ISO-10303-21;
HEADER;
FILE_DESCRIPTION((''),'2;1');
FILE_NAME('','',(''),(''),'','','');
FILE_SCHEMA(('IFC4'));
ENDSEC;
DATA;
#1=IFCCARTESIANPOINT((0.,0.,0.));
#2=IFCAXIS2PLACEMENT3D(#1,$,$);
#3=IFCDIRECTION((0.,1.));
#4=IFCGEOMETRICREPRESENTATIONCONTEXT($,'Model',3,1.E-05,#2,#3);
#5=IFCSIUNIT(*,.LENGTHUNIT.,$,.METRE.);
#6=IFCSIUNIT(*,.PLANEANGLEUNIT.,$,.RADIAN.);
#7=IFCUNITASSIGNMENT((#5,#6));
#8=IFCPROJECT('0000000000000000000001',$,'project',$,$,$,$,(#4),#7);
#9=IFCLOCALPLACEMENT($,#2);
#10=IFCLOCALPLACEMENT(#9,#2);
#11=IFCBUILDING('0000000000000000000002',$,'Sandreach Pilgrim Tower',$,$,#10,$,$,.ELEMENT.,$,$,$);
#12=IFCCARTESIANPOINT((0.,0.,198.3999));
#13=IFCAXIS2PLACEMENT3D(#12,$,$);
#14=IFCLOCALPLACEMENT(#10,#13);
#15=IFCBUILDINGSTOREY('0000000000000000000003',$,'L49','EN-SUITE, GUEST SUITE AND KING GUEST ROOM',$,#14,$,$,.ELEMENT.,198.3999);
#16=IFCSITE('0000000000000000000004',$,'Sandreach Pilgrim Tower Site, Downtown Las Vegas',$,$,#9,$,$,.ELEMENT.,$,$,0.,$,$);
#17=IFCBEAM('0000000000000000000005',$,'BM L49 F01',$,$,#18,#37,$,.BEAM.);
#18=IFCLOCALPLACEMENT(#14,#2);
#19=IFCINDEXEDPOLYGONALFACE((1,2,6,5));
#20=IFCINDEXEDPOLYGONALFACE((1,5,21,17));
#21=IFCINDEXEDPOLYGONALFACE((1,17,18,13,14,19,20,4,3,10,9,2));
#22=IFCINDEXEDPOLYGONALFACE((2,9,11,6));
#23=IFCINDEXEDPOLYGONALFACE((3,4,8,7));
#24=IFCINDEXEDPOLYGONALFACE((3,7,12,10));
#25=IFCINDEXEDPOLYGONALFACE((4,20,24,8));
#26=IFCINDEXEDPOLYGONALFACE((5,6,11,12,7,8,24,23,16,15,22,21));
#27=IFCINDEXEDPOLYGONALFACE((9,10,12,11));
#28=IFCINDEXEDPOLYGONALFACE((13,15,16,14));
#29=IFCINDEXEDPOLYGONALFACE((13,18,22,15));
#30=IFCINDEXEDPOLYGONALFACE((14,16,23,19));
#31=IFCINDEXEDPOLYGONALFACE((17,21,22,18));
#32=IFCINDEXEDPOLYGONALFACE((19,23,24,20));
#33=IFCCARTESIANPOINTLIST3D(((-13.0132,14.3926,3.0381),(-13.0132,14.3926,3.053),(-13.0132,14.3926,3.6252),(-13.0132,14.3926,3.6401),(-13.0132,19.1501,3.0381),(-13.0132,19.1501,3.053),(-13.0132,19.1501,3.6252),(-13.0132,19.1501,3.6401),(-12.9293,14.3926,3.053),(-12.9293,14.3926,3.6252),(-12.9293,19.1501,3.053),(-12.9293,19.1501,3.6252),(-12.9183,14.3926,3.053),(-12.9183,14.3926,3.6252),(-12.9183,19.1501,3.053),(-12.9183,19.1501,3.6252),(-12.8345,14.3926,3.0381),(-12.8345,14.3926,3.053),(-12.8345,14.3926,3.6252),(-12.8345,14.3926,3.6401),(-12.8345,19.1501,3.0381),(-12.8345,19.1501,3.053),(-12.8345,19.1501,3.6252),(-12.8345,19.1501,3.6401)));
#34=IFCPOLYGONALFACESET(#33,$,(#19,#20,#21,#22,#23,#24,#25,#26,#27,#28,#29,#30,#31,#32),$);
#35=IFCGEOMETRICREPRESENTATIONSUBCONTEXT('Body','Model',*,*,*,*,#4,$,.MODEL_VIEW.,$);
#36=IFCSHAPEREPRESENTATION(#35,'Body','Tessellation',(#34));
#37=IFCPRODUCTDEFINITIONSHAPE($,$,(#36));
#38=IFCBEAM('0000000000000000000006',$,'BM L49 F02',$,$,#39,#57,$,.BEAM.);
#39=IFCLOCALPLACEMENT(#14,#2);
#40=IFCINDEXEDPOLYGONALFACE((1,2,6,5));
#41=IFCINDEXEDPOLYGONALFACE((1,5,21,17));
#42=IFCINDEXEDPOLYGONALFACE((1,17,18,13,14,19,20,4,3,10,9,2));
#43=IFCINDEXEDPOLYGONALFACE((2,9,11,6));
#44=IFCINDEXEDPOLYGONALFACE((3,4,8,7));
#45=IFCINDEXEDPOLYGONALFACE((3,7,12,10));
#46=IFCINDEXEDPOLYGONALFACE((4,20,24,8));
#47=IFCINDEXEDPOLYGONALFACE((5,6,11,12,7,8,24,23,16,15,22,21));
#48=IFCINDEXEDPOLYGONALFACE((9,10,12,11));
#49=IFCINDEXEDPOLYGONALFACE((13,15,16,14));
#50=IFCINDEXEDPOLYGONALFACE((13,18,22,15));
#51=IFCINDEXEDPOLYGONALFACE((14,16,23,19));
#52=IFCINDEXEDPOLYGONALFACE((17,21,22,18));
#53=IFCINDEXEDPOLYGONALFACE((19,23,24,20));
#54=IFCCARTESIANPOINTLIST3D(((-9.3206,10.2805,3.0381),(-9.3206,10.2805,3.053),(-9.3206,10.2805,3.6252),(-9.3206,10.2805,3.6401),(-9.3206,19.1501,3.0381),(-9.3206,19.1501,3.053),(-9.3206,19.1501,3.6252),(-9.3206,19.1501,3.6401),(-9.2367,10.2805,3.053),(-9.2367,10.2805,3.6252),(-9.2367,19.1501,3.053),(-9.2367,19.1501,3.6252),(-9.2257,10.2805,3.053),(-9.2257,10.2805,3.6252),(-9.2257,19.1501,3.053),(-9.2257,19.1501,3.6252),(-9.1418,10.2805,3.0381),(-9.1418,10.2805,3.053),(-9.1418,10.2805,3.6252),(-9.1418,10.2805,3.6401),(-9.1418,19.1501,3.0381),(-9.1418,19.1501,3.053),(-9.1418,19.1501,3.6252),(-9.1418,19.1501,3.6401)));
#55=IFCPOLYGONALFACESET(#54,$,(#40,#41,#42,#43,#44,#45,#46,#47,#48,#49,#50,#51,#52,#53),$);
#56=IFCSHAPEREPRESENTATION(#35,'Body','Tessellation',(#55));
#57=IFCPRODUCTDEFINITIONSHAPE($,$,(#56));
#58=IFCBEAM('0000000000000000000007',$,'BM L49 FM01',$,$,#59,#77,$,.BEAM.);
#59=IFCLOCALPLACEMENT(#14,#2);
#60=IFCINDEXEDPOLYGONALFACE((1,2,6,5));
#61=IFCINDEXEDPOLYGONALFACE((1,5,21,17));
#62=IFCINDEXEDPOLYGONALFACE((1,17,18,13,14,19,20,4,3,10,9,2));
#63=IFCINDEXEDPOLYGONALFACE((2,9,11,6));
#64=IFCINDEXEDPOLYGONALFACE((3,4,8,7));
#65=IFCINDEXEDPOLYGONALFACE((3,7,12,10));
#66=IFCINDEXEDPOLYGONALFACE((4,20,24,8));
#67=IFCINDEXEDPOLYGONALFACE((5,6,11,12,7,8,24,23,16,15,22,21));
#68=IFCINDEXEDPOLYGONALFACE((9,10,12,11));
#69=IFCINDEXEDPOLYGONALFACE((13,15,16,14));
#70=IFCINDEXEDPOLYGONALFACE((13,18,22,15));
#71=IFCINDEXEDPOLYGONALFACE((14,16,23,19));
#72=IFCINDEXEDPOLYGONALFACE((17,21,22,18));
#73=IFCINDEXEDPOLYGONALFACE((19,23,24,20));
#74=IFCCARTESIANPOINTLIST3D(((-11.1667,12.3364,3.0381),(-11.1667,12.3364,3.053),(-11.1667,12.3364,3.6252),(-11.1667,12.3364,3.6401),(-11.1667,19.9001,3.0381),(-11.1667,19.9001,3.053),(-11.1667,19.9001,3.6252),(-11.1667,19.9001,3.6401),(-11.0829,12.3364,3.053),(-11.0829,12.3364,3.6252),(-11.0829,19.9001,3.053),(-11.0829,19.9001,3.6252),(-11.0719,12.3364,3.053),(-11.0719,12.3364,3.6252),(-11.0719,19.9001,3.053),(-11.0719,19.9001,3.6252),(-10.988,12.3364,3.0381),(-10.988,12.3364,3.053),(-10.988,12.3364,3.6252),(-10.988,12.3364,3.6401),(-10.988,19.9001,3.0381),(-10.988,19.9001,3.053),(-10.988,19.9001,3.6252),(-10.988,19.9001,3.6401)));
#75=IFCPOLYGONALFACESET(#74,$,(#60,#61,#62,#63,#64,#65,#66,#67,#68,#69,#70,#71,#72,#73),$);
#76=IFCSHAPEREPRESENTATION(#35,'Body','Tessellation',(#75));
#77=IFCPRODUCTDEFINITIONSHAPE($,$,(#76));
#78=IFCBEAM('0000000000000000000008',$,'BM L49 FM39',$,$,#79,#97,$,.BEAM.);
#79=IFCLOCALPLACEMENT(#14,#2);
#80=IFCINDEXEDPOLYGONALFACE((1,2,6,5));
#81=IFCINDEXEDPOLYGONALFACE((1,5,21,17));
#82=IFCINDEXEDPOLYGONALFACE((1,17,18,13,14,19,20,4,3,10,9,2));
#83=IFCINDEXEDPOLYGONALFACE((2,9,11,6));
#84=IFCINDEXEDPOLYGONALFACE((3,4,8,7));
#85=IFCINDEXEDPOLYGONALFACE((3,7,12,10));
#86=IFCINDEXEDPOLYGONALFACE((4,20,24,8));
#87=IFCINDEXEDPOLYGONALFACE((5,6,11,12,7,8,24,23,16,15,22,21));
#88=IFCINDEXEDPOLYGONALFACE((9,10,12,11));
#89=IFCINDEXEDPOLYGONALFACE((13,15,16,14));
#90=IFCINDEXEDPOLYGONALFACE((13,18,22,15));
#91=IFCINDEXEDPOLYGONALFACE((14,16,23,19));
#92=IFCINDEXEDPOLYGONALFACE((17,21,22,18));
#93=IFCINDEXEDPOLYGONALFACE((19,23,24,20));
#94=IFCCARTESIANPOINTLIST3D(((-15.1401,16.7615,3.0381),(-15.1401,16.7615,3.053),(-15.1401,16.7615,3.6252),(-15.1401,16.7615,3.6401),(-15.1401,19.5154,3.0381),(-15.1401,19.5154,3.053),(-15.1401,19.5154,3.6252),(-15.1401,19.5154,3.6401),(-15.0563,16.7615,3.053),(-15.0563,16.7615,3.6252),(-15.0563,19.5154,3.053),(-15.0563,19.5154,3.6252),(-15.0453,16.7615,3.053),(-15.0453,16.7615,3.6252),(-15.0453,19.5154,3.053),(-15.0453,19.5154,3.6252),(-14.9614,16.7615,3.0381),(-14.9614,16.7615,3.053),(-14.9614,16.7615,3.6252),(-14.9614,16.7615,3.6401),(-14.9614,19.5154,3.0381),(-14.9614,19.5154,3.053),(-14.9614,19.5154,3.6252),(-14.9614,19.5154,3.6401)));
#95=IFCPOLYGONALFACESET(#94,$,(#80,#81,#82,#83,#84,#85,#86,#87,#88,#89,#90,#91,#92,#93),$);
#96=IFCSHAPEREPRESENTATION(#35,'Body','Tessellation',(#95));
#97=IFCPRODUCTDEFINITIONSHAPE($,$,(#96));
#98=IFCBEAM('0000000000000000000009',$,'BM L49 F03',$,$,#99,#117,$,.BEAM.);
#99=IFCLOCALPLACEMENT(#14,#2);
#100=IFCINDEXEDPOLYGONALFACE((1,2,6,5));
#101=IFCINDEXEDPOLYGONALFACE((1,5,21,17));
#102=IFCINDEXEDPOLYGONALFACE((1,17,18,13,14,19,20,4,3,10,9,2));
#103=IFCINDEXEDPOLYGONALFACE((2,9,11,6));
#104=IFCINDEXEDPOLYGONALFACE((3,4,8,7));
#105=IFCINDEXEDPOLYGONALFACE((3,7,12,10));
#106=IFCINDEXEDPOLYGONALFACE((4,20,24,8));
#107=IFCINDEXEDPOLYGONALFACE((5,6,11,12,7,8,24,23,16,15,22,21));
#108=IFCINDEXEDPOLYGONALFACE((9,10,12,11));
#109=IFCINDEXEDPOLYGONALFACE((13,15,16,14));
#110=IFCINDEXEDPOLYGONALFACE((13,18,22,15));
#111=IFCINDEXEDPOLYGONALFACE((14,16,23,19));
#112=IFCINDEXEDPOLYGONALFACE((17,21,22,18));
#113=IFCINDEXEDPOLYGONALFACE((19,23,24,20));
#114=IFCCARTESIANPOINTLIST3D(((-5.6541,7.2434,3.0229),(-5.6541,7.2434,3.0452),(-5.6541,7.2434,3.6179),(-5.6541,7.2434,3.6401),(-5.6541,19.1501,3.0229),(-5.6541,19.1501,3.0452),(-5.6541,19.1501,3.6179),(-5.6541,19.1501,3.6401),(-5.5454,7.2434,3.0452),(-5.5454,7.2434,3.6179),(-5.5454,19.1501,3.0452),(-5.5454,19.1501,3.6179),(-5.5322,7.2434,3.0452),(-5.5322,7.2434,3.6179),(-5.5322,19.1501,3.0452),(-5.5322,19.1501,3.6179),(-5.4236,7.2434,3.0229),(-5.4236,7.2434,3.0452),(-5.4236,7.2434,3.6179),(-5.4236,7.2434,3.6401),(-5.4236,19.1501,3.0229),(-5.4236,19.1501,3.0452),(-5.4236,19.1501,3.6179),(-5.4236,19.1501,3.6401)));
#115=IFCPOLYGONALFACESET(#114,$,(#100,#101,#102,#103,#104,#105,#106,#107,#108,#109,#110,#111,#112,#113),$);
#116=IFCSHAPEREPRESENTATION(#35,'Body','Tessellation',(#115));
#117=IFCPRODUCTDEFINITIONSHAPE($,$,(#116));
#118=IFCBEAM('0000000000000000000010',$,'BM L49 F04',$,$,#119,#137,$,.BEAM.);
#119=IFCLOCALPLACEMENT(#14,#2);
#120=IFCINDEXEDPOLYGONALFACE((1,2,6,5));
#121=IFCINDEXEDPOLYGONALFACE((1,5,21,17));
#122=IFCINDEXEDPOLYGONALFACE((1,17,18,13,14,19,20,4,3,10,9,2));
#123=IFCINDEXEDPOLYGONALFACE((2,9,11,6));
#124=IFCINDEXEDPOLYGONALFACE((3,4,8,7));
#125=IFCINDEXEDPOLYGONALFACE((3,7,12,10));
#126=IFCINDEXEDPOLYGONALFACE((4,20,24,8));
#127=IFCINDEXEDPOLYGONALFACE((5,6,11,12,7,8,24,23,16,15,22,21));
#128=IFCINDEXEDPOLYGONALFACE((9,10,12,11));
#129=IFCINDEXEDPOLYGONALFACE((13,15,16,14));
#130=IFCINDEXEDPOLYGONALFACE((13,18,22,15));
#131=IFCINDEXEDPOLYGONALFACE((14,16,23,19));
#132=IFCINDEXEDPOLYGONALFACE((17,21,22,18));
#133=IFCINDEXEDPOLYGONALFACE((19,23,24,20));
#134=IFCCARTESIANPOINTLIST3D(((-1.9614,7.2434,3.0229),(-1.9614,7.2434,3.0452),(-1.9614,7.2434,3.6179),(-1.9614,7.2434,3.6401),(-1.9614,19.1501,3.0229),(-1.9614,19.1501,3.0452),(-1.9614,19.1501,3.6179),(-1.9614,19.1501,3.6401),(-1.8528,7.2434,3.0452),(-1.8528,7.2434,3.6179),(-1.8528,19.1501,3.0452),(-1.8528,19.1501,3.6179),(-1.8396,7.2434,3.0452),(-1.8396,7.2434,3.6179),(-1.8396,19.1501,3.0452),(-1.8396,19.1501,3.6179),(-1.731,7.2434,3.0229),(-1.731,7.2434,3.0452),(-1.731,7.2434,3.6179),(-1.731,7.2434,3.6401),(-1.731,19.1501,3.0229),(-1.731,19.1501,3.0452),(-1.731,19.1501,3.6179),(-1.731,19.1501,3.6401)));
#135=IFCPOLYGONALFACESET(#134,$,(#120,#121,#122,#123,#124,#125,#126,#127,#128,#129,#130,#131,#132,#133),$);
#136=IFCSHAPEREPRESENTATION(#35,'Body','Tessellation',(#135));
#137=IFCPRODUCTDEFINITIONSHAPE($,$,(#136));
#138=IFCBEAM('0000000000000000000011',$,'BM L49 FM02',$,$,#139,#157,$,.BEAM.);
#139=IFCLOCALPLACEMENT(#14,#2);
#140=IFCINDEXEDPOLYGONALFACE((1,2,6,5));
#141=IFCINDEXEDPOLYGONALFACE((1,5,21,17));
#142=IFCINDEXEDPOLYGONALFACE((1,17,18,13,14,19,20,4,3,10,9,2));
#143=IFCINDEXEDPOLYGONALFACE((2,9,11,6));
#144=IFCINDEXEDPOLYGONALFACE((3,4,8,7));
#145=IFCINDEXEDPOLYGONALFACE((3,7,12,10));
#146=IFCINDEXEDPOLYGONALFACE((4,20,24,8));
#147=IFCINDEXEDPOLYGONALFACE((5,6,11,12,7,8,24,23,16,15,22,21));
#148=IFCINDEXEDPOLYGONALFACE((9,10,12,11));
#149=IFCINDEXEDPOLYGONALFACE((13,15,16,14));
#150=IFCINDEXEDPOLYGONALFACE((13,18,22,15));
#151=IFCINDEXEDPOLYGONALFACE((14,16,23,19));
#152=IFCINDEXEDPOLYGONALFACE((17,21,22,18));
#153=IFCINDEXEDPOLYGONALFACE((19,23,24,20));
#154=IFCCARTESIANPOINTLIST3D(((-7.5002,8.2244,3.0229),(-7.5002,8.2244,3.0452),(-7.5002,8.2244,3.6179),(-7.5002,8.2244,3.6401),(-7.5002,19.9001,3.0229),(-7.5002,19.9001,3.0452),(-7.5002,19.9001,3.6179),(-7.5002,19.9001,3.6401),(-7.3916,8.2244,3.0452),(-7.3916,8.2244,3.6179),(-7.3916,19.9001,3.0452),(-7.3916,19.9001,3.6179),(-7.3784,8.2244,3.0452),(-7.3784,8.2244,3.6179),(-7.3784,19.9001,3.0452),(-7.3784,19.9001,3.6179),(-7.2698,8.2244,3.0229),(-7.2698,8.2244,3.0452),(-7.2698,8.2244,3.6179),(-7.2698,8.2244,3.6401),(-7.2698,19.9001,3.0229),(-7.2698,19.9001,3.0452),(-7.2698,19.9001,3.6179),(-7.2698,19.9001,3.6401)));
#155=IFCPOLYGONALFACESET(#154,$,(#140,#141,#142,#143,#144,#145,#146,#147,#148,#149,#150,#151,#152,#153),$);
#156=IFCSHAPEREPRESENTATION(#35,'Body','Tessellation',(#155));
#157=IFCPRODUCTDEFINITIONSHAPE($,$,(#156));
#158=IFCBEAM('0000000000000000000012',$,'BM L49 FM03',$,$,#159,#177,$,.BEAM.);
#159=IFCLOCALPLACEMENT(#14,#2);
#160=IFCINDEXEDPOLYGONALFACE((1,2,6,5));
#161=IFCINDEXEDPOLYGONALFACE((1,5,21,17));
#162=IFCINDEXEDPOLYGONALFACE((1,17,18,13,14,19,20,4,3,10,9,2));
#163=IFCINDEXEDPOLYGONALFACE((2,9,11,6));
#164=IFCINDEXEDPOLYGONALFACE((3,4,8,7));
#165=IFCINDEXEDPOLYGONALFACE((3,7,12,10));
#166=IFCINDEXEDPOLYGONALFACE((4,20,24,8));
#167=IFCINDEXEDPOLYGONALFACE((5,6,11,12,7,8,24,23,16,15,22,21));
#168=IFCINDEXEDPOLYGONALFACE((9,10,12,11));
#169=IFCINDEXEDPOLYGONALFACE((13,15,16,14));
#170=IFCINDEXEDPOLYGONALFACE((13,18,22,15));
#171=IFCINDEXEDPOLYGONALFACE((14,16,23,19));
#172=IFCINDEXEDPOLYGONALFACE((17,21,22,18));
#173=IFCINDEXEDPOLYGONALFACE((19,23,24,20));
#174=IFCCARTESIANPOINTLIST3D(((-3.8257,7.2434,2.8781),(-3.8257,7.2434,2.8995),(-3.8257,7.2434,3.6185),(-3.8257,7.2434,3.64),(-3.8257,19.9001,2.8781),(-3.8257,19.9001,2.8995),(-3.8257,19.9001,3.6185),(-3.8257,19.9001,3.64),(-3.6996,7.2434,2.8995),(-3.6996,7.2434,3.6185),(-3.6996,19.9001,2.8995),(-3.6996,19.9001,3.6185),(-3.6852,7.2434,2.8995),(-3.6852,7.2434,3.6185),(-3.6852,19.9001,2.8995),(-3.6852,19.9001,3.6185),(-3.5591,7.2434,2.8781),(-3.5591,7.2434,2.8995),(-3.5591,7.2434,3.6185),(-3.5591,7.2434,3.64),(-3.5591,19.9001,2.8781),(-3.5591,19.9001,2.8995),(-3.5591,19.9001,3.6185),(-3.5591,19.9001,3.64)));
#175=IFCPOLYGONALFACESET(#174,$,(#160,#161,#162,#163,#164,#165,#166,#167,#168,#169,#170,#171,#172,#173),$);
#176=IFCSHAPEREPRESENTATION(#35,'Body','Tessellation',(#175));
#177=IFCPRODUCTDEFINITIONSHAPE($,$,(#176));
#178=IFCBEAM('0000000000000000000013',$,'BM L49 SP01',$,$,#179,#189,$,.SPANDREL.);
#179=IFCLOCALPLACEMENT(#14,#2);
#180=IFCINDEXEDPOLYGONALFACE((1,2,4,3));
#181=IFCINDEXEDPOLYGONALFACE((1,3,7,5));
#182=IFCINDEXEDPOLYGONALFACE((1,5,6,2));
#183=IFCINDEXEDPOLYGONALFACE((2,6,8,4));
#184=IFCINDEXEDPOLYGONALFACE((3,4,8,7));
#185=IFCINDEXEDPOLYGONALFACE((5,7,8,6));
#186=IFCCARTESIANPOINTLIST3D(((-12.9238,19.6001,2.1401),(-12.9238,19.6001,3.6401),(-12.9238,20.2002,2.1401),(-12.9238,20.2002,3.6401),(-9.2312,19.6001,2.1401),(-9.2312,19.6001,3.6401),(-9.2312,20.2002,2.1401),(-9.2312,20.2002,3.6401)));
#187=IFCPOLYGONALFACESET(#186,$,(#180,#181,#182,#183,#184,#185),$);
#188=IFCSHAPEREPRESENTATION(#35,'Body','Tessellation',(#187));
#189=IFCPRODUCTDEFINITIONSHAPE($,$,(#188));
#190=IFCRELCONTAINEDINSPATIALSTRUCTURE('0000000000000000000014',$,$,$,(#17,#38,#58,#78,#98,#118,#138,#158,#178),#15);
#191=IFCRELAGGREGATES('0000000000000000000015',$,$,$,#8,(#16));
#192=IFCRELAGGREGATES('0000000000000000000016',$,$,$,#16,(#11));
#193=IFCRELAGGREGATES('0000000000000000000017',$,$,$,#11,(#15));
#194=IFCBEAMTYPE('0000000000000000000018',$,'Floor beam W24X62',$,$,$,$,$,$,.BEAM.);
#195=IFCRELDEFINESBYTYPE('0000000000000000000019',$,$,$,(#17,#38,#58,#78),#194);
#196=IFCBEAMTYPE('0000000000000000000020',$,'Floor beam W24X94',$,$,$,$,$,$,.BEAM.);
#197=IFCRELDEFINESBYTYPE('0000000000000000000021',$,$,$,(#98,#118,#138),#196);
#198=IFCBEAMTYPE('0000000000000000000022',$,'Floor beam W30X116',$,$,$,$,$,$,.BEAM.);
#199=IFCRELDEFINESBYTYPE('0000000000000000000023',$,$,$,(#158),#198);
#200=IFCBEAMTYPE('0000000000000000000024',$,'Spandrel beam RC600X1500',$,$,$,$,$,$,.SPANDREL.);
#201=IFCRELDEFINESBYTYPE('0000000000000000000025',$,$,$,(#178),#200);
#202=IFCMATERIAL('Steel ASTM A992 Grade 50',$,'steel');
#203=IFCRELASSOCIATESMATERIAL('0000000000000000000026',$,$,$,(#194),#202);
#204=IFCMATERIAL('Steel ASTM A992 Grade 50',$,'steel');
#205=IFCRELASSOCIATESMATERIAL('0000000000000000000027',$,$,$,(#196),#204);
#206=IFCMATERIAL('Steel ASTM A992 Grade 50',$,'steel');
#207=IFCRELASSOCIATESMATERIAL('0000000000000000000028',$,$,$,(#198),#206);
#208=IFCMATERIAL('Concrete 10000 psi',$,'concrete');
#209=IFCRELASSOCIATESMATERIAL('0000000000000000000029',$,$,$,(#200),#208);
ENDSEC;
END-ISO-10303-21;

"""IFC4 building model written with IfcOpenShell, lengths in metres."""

from ifc_helpers import new_model, si_unit, direction, frame, origin, origin_2d, place, context, subcontext, project, spatial, rectangle, i_section, extrude, material, material_profile, profile_set, type_object, element, save


model = new_model("IFC4")

# Units and contexts
model_context = context("Model", 3, precision=1e-05, world=origin(), true_north=direction((0.0, 1.0)))
body_context = subcontext(model_context, "Body", "Model", "MODEL_VIEW")
ifc_project = project(units=[si_unit("LENGTHUNIT", "METRE"), si_unit("PLANEANGLEUNIT", "RADIAN")], contexts=[model_context])

# Site, building, storey
site_placement = place(None, origin())
site = spatial("IfcSite", under=ifc_project, at=site_placement, Name="Sandreach Pilgrim Tower Site, Downtown Las Vegas", CompositionType="ELEMENT", RefElevation=0.0)
building_placement = place(site_placement, origin())
building = spatial("IfcBuilding", under=site, at=building_placement, Name="Sandreach Pilgrim Tower", CompositionType="ELEMENT")
storey_placement = place(building_placement, frame((0.0, 0.0, 198.3999)))
storey = spatial("IfcBuildingStorey", under=building, at=storey_placement, Name="L49", Description="EN-SUITE, GUEST SUITE AND KING GUEST ROOM", CompositionType="ELEMENT", Elevation=198.3999)

# Beams
ifc_material_1 = material(Name="Steel ASTM A992 Grade 50", Category="steel")
ifc_material_profile_1 = material_profile(ifc_material_1, i_section(OverallWidth=0.1787, OverallDepth=0.6021, WebThickness=0.011, FlangeThickness=0.0149, at=origin_2d()), Name="W24X62")
ifc_profile_set_1 = profile_set([ifc_material_profile_1], Name="Steel ASTM A992 Grade 50")
beam_type_1 = type_object("IfcBeamType", Name="Floor beam W24X62", PredefinedType="BEAM", material=ifc_profile_set_1)
beam_1_placement = place(storey_placement, frame((-12.9238, 19.1501, 3.3391), z_axis=(0.0, -1.0, 0.0), x_axis=(1.0, 0.0, 0.0)))
element("IfcBeam", 1, at=beam_1_placement, inside=storey, type_object=beam_type_1, Name="BM L49 F01", PredefinedType="BEAM", context=body_context, shape_type="SweptSolid", body=[
    extrude(i_section(OverallWidth=0.1787, OverallDepth=0.6021, WebThickness=0.011, FlangeThickness=0.0149, at=origin_2d()), origin(), (0.0, 0.0, 1.0), 4.7576),
])
beam_2_placement = place(storey_placement, frame((-9.2312, 19.1501, 3.3391), z_axis=(0.0, -1.0, 0.0), x_axis=(1.0, 0.0, 0.0)))
element("IfcBeam", 2, at=beam_2_placement, inside=storey, type_object=beam_type_1, Name="BM L49 F02", PredefinedType="BEAM", context=body_context, shape_type="SweptSolid", body=[
    extrude(i_section(OverallWidth=0.1787, OverallDepth=0.6021, WebThickness=0.011, FlangeThickness=0.0149, at=origin_2d()), origin(), (0.0, 0.0, 1.0), 8.8696),
])
beam_3_placement = place(storey_placement, frame((-11.0774, 19.9001, 3.3391), z_axis=(0.0, -1.0, 0.0), x_axis=(1.0, 0.0, 0.0)))
element("IfcBeam", 3, at=beam_3_placement, inside=storey, type_object=beam_type_1, Name="BM L49 FM01", PredefinedType="BEAM", context=body_context, shape_type="SweptSolid", body=[
    extrude(i_section(OverallWidth=0.1787, OverallDepth=0.6021, WebThickness=0.011, FlangeThickness=0.0149, at=origin_2d()), origin(), (0.0, 0.0, 1.0), 7.5637),
])
beam_4_placement = place(storey_placement, frame((-15.0508, 19.5154, 3.3391), z_axis=(0.0, -1.0, 0.0), x_axis=(1.0, 0.0, 0.0)))
element("IfcBeam", 4, at=beam_4_placement, inside=storey, type_object=beam_type_1, Name="BM L49 FM39", PredefinedType="BEAM", context=body_context, shape_type="SweptSolid", body=[
    extrude(i_section(OverallWidth=0.1787, OverallDepth=0.6021, WebThickness=0.011, FlangeThickness=0.0149, at=origin_2d()), origin(), (0.0, 0.0, 1.0), 2.7539),
])
ifc_material_2 = material(Name="Steel ASTM A992 Grade 50", Category="steel")
ifc_material_profile_2 = material_profile(ifc_material_2, i_section(OverallWidth=0.2305, OverallDepth=0.6172, WebThickness=0.0132, FlangeThickness=0.0222, at=origin_2d()), Name="W24X94")
ifc_profile_set_2 = profile_set([ifc_material_profile_2], Name="Steel ASTM A992 Grade 50")
beam_type_2 = type_object("IfcBeamType", Name="Floor beam W24X94", PredefinedType="BEAM", material=ifc_profile_set_2)
for number, where, z_axis, x_axis, name in (
    (5, (-5.5388, 19.1501, 3.3315), (0.0, -1.0, 0.0), (1.0, 0.0, 0.0), "BM L49 F03"),
    (6, (-1.8462, 19.1501, 3.3315), (0.0, -1.0, 0.0), (1.0, 0.0, 0.0), "BM L49 F04"),
):
    element("IfcBeam", number, at=place(storey_placement, frame(where, z_axis=z_axis, x_axis=x_axis)), inside=storey, type_object=beam_type_2, Name=name, PredefinedType="BEAM", context=body_context, shape_type="SweptSolid", body=[
        extrude(i_section(OverallWidth=0.2305, OverallDepth=0.6172, WebThickness=0.0132, FlangeThickness=0.0222, at=origin_2d()), origin(), (0.0, 0.0, 1.0), 11.9067),
    ])
beam_5_placement = place(storey_placement, frame((-7.385, 19.9001, 3.3315), z_axis=(0.0, -1.0, 0.0), x_axis=(1.0, 0.0, 0.0)))
element("IfcBeam", 7, at=beam_5_placement, inside=storey, type_object=beam_type_2, Name="BM L49 FM02", PredefinedType="BEAM", context=body_context, shape_type="SweptSolid", body=[
    extrude(i_section(OverallWidth=0.2305, OverallDepth=0.6172, WebThickness=0.0132, FlangeThickness=0.0222, at=origin_2d()), origin(), (0.0, 0.0, 1.0), 11.6758),
])
ifc_material_3 = material(Name="Steel ASTM A992 Grade 50", Category="steel")
ifc_material_profile_3 = material_profile(ifc_material_3, i_section(OverallWidth=0.2666, OverallDepth=0.762, WebThickness=0.0144, FlangeThickness=0.0215, at=origin_2d()), Name="W30X116")
ifc_profile_set_3 = profile_set([ifc_material_profile_3], Name="Steel ASTM A992 Grade 50")
beam_type_3 = type_object("IfcBeamType", Name="Floor beam W30X116", PredefinedType="BEAM", material=ifc_profile_set_3)
beam_6_placement = place(storey_placement, frame((-3.6924, 19.9001, 3.259), z_axis=(0.0, -1.0, 0.0), x_axis=(1.0, 0.0, 0.0)))
element("IfcBeam", 8, at=beam_6_placement, inside=storey, type_object=beam_type_3, Name="BM L49 FM03", PredefinedType="BEAM", context=body_context, shape_type="SweptSolid", body=[
    extrude(i_section(OverallWidth=0.2666, OverallDepth=0.762, WebThickness=0.0144, FlangeThickness=0.0215, at=origin_2d()), origin(), (0.0, 0.0, 1.0), 12.6567),
])
ifc_material_4 = material(Name="Concrete 10000 psi", Category="concrete")
ifc_material_profile_4 = material_profile(ifc_material_4, rectangle(XDim=0.6001, YDim=1.5, at=origin_2d()), Name="RC600X1500")
ifc_profile_set_4 = profile_set([ifc_material_profile_4], Name="Concrete 10000 psi")
beam_type_4 = type_object("IfcBeamType", Name="Spandrel beam RC600X1500", PredefinedType="SPANDREL", material=ifc_profile_set_4)
beam_7_placement = place(storey_placement, frame((-12.9238, 19.9001, 2.8901), z_axis=(1.0, 0.0, 0.0), x_axis=(0.0, 1.0, 0.0)))
element("IfcBeam", 9, at=beam_7_placement, inside=storey, type_object=beam_type_4, Name="BM L49 SP01", PredefinedType="SPANDREL", context=body_context, shape_type="SweptSolid", body=[
    extrude(rectangle(XDim=0.6001, YDim=1.5, at=origin_2d()), origin(), (0.0, 0.0, 1.0), 3.6926),
])

save(model, "model.ifc")
